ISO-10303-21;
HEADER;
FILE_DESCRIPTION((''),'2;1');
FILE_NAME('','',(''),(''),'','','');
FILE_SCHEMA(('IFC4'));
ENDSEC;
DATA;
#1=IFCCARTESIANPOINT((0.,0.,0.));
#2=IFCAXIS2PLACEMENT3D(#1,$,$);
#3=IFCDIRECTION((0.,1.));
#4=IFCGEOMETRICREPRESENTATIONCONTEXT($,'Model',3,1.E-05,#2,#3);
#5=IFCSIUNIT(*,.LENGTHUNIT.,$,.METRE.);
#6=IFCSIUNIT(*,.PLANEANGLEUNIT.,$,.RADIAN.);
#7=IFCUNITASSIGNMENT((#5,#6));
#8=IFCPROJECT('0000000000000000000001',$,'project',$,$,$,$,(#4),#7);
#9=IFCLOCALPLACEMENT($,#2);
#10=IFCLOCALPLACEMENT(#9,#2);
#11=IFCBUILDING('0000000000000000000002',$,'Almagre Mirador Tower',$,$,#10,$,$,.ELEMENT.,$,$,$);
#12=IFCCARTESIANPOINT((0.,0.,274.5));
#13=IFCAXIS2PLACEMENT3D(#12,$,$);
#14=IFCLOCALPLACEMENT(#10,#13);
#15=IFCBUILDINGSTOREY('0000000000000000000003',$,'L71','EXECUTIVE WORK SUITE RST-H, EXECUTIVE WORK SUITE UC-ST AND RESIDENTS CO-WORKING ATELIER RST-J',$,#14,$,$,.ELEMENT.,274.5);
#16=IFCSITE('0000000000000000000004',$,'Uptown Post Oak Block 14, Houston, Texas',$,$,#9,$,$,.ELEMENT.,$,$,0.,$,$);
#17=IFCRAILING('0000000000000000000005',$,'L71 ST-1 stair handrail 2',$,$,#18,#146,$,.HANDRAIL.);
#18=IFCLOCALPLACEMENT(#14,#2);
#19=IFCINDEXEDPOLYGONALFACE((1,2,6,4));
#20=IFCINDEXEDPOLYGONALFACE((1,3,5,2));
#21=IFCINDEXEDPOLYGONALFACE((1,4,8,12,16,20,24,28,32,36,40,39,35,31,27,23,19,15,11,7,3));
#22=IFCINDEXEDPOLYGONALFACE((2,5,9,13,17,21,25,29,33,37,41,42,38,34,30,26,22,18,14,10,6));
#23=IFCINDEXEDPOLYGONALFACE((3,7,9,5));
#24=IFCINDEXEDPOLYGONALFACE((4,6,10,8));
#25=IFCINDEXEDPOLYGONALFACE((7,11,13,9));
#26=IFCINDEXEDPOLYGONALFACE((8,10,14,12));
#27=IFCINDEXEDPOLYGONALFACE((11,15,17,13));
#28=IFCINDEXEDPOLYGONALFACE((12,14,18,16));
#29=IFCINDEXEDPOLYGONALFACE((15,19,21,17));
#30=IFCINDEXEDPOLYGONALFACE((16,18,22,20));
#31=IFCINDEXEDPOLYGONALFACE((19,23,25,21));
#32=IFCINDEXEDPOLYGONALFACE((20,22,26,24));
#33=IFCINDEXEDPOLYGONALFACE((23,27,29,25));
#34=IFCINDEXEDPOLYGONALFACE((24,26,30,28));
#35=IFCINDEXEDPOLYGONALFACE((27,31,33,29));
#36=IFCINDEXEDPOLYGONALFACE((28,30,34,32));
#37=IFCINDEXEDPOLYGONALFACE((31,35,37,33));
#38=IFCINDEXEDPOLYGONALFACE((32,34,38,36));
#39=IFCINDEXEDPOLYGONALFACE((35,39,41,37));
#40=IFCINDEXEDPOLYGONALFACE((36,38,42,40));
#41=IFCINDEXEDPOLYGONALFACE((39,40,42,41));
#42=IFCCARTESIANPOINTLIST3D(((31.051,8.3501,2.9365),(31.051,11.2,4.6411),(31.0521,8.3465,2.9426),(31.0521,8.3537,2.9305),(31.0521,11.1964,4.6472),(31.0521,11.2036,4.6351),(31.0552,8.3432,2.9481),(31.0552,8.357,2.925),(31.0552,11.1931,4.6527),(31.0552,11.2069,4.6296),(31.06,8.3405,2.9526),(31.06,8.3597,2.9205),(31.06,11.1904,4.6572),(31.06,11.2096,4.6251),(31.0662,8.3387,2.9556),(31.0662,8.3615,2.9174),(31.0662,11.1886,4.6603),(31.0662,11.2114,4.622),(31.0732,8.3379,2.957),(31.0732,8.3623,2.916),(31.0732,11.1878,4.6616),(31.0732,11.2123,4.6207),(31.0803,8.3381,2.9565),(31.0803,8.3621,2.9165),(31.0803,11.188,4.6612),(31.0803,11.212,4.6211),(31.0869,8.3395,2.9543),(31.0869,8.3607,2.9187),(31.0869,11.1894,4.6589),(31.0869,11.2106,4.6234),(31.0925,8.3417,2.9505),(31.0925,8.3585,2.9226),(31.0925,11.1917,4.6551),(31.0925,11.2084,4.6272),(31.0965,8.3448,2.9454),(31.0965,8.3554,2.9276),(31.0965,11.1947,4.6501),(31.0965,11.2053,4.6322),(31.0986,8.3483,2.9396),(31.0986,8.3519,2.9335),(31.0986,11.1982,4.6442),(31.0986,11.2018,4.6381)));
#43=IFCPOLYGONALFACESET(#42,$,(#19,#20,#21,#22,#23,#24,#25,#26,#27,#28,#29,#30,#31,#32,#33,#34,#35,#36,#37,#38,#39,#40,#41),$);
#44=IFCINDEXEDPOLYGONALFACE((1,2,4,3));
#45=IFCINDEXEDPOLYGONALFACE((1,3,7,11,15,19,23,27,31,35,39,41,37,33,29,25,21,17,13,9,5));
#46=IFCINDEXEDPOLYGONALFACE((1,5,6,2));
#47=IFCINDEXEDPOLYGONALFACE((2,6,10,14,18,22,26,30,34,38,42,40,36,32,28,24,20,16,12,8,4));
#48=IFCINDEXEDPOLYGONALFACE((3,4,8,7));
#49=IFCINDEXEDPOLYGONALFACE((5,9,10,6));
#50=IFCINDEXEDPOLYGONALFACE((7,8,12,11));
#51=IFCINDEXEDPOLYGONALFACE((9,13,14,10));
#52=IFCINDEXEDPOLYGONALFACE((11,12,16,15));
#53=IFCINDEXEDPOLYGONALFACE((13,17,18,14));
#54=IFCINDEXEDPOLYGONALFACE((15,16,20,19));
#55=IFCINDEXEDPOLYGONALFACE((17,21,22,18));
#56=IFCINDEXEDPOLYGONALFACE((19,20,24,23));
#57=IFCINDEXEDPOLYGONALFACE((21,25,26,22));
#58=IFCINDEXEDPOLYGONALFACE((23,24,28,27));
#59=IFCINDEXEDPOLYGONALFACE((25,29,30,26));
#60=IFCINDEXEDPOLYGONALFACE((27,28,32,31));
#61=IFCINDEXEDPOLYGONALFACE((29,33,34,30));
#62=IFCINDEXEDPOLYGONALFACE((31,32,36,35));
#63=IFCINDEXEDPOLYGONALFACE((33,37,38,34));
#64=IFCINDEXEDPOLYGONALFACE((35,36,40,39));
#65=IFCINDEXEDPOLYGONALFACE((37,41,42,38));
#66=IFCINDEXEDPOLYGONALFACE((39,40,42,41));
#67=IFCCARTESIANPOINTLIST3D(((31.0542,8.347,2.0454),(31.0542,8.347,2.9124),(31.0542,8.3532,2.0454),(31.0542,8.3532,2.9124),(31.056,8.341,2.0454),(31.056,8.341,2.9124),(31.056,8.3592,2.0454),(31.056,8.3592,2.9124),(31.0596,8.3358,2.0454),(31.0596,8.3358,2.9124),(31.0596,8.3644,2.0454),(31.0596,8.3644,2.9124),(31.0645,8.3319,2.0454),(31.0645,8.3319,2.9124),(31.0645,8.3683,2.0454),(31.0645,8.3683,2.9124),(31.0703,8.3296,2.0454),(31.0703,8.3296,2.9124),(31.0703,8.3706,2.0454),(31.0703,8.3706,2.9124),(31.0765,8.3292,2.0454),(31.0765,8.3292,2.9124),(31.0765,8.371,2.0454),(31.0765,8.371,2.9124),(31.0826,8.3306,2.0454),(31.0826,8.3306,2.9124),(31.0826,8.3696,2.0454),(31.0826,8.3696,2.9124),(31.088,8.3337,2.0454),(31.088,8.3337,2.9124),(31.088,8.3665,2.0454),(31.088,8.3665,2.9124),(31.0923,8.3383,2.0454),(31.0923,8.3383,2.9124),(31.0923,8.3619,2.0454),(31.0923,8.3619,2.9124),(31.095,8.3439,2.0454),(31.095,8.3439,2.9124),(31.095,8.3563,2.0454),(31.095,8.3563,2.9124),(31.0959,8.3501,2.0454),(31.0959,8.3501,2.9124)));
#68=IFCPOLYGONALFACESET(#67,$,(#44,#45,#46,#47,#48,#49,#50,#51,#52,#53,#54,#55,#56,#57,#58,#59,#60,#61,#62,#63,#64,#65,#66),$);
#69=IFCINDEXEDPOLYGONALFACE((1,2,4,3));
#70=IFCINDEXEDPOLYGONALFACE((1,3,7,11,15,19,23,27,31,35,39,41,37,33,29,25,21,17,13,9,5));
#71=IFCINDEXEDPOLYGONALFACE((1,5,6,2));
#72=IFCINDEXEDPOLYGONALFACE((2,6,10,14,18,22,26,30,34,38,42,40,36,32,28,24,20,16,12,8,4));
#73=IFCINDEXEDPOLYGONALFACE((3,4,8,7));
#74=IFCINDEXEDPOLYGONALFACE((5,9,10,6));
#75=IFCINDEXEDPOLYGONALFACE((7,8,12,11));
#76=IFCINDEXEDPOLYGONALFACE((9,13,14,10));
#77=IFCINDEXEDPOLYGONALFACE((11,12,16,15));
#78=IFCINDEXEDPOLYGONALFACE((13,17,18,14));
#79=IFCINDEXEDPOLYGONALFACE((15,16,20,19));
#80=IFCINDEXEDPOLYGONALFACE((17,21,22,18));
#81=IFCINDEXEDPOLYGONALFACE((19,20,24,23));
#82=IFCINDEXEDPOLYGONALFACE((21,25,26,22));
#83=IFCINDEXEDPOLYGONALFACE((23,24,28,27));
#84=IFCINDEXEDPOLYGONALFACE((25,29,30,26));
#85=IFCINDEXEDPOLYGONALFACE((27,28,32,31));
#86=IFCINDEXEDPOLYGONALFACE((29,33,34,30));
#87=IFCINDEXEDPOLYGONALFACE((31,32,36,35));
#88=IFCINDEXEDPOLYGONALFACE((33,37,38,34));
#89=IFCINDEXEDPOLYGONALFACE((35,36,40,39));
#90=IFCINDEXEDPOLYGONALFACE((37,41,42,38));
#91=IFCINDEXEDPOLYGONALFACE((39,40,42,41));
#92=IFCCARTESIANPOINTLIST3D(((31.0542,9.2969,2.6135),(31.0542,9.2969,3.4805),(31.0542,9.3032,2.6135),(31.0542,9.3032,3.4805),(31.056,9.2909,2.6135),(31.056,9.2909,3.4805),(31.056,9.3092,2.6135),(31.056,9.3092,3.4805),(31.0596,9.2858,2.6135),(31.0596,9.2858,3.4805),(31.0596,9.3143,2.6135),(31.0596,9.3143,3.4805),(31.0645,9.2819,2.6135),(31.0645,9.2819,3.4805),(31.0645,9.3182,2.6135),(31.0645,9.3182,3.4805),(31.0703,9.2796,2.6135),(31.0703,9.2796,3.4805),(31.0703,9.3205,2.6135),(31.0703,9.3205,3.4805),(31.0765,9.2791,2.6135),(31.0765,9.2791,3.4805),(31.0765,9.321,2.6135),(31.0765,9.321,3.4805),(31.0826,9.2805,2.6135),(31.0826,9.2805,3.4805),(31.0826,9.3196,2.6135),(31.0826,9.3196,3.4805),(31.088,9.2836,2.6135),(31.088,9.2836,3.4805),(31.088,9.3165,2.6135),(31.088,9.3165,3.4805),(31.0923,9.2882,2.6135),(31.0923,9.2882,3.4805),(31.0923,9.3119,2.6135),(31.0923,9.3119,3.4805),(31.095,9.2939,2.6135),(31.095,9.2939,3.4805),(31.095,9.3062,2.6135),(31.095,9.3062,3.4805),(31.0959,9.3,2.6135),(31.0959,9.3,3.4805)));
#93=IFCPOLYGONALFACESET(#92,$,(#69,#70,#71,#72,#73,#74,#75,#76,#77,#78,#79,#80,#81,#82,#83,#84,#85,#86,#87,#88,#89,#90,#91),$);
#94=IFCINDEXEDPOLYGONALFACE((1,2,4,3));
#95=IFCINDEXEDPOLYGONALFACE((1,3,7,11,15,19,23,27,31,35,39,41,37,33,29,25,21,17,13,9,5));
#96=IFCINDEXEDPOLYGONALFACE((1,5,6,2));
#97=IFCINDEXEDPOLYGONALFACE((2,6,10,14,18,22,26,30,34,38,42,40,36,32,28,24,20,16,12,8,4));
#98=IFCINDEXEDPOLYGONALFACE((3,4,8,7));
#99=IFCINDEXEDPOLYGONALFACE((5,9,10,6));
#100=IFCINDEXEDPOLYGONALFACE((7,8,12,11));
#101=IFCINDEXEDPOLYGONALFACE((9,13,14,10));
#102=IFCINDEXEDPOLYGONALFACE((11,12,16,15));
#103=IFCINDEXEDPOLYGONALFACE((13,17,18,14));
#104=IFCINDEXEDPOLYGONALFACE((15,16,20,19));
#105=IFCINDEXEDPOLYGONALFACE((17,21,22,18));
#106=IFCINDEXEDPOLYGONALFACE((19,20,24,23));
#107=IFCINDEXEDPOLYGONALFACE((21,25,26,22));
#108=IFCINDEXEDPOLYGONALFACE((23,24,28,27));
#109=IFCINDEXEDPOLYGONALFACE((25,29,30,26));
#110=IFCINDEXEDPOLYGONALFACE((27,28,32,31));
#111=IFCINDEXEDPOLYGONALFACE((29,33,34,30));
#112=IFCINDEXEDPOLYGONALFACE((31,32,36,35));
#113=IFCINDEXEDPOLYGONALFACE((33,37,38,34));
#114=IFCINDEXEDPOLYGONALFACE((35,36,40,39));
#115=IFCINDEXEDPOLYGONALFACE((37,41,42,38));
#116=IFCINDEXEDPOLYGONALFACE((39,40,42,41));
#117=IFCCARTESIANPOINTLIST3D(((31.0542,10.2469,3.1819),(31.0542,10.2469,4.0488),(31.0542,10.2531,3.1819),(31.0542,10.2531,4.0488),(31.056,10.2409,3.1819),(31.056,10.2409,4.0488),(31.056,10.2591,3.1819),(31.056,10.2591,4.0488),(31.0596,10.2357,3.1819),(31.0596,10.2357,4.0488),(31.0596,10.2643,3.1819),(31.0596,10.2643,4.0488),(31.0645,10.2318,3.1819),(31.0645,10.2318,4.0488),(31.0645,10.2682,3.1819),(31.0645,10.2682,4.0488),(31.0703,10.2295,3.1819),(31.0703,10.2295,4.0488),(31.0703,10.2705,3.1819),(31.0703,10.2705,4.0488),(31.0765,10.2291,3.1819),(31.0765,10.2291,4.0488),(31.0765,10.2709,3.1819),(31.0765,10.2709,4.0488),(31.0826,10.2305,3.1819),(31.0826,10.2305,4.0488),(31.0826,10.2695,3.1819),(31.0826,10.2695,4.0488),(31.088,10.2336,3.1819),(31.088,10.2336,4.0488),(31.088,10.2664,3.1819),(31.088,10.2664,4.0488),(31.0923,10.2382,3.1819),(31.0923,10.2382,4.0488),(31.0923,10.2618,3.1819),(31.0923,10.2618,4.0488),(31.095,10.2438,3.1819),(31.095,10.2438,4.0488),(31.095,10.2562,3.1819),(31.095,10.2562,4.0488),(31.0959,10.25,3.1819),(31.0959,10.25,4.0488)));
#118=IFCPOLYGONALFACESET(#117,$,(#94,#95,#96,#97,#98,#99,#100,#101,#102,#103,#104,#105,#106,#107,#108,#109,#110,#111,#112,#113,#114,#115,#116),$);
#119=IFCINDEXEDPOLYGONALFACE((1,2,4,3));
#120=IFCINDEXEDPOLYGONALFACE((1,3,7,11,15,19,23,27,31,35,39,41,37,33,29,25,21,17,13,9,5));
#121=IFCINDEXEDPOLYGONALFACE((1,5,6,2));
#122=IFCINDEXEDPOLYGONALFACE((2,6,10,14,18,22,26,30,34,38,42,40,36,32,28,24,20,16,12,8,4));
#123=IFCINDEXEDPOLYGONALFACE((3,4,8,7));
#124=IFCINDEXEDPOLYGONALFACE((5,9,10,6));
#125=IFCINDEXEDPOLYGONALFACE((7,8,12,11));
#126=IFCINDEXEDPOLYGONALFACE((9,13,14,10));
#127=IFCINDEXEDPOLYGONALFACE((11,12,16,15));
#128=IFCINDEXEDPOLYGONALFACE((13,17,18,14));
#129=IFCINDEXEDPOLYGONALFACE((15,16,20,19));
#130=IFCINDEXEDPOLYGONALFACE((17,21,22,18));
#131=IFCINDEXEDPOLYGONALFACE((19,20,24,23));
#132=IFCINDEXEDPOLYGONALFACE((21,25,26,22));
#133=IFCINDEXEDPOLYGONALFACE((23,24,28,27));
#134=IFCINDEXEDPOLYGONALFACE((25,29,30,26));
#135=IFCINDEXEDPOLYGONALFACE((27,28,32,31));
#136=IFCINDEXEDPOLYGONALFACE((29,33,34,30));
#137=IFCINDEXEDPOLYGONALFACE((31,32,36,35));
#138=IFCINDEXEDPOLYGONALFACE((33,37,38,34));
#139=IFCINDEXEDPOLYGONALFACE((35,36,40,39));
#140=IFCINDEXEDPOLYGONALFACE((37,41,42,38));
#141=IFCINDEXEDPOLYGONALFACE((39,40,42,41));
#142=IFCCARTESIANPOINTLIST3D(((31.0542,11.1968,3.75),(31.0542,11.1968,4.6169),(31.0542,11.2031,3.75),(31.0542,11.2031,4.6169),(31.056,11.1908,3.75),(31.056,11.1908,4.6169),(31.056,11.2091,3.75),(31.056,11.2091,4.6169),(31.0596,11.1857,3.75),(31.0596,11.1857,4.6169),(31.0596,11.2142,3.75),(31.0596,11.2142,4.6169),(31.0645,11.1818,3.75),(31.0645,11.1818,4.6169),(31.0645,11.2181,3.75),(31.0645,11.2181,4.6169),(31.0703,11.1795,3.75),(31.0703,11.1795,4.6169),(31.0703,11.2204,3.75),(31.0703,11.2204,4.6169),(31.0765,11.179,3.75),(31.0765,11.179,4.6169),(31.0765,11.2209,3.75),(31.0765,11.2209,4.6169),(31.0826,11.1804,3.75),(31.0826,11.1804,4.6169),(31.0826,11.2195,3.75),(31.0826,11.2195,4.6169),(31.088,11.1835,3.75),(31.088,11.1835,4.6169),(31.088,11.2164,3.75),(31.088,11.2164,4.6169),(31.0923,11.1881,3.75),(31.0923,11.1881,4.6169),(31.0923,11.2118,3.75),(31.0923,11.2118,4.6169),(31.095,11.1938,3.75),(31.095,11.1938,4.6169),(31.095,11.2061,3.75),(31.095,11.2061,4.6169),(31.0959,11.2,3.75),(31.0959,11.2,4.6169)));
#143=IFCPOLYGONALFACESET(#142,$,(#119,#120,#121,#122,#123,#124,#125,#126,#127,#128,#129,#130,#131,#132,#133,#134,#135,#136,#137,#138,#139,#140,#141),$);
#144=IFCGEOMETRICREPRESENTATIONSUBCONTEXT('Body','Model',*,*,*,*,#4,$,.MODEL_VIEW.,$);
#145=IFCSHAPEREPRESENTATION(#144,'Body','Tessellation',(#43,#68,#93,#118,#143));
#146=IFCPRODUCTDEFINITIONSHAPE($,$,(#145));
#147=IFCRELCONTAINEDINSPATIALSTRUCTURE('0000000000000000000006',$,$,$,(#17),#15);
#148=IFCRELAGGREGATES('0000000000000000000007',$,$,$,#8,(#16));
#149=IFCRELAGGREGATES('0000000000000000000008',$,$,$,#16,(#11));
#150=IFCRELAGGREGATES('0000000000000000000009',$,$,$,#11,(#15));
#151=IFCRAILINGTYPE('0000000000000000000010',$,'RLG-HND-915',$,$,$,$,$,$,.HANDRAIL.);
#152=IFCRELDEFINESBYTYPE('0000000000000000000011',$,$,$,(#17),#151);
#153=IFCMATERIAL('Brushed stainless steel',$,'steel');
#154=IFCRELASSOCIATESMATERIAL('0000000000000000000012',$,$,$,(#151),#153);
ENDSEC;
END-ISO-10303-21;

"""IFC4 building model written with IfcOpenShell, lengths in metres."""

from ifc_helpers import new_model, si_unit, direction, frame, origin, origin_2d, place, context, subcontext, project, spatial, circle, extrude, material, type_object, element, save


model = new_model("IFC4")

# Units and contexts
model_context = context("Model", 3, precision=1e-05, world=origin(), true_north=direction((0.0, 1.0)))
body_context = subcontext(model_context, "Body", "Model", "MODEL_VIEW")
ifc_project = project(units=[si_unit("LENGTHUNIT", "METRE"), si_unit("PLANEANGLEUNIT", "RADIAN")], contexts=[model_context])

# Site, building, storey
site_placement = place(None, origin())
site = spatial("IfcSite", under=ifc_project, at=site_placement, Name="Uptown Post Oak Block 14, Houston, Texas", CompositionType="ELEMENT", RefElevation=0.0)
building_placement = place(site_placement, origin())
building = spatial("IfcBuilding", under=site, at=building_placement, Name="Almagre Mirador Tower", CompositionType="ELEMENT")
storey_placement = place(building_placement, frame((0.0, 0.0, 274.5)))
storey = spatial("IfcBuildingStorey", under=building, at=storey_placement, Name="L71", Description="EXECUTIVE WORK SUITE RST-H, EXECUTIVE WORK SUITE UC-ST AND RESIDENTS CO-WORKING ATELIER RST-J", CompositionType="ELEMENT", Elevation=274.5)

# Railing
ifc_material_1 = material(Name="Brushed stainless steel", Category="steel")
railing_type_1 = type_object("IfcRailingType", Name="RLG-HND-915", PredefinedType="HANDRAIL", material=ifc_material_1)
railing_1_placement = place(storey_placement, frame((31.075, 8.3501, 2.0454)))
element("IfcRailing", 1, at=railing_1_placement, inside=storey, type_object=railing_type_1, Name="L71 ST-1 stair handrail 2", PredefinedType="HANDRAIL", context=body_context, shape_type="SweptSolid", body=[
    extrude(circle(Radius=0.0239, at=origin_2d()), frame((0.0, 0.0, 0.8911), z_axis=(0.0, 0.858199, 0.513317), x_axis=(-1.0, 0.0, 0.0)), (0.0, 0.0, 1.0), 3.3208),
    extrude(circle(Radius=0.021, at=origin_2d()), origin(), (0.0, 0.0, 1.0), 0.8669),
    extrude(circle(Radius=0.021, at=origin_2d()), frame((0.0, 0.95, 0.5681)), (0.0, 0.0, 1.0), 0.8669),
    extrude(circle(Radius=0.021, at=origin_2d()), frame((0.0, 1.8999, 1.1365)), (0.0, 0.0, 1.0), 0.8669),
    extrude(circle(Radius=0.021, at=origin_2d()), frame((0.0, 2.8499, 1.7046)), (0.0, 0.0, 1.0), 0.8669),
])

save(model, "model.ifc")
